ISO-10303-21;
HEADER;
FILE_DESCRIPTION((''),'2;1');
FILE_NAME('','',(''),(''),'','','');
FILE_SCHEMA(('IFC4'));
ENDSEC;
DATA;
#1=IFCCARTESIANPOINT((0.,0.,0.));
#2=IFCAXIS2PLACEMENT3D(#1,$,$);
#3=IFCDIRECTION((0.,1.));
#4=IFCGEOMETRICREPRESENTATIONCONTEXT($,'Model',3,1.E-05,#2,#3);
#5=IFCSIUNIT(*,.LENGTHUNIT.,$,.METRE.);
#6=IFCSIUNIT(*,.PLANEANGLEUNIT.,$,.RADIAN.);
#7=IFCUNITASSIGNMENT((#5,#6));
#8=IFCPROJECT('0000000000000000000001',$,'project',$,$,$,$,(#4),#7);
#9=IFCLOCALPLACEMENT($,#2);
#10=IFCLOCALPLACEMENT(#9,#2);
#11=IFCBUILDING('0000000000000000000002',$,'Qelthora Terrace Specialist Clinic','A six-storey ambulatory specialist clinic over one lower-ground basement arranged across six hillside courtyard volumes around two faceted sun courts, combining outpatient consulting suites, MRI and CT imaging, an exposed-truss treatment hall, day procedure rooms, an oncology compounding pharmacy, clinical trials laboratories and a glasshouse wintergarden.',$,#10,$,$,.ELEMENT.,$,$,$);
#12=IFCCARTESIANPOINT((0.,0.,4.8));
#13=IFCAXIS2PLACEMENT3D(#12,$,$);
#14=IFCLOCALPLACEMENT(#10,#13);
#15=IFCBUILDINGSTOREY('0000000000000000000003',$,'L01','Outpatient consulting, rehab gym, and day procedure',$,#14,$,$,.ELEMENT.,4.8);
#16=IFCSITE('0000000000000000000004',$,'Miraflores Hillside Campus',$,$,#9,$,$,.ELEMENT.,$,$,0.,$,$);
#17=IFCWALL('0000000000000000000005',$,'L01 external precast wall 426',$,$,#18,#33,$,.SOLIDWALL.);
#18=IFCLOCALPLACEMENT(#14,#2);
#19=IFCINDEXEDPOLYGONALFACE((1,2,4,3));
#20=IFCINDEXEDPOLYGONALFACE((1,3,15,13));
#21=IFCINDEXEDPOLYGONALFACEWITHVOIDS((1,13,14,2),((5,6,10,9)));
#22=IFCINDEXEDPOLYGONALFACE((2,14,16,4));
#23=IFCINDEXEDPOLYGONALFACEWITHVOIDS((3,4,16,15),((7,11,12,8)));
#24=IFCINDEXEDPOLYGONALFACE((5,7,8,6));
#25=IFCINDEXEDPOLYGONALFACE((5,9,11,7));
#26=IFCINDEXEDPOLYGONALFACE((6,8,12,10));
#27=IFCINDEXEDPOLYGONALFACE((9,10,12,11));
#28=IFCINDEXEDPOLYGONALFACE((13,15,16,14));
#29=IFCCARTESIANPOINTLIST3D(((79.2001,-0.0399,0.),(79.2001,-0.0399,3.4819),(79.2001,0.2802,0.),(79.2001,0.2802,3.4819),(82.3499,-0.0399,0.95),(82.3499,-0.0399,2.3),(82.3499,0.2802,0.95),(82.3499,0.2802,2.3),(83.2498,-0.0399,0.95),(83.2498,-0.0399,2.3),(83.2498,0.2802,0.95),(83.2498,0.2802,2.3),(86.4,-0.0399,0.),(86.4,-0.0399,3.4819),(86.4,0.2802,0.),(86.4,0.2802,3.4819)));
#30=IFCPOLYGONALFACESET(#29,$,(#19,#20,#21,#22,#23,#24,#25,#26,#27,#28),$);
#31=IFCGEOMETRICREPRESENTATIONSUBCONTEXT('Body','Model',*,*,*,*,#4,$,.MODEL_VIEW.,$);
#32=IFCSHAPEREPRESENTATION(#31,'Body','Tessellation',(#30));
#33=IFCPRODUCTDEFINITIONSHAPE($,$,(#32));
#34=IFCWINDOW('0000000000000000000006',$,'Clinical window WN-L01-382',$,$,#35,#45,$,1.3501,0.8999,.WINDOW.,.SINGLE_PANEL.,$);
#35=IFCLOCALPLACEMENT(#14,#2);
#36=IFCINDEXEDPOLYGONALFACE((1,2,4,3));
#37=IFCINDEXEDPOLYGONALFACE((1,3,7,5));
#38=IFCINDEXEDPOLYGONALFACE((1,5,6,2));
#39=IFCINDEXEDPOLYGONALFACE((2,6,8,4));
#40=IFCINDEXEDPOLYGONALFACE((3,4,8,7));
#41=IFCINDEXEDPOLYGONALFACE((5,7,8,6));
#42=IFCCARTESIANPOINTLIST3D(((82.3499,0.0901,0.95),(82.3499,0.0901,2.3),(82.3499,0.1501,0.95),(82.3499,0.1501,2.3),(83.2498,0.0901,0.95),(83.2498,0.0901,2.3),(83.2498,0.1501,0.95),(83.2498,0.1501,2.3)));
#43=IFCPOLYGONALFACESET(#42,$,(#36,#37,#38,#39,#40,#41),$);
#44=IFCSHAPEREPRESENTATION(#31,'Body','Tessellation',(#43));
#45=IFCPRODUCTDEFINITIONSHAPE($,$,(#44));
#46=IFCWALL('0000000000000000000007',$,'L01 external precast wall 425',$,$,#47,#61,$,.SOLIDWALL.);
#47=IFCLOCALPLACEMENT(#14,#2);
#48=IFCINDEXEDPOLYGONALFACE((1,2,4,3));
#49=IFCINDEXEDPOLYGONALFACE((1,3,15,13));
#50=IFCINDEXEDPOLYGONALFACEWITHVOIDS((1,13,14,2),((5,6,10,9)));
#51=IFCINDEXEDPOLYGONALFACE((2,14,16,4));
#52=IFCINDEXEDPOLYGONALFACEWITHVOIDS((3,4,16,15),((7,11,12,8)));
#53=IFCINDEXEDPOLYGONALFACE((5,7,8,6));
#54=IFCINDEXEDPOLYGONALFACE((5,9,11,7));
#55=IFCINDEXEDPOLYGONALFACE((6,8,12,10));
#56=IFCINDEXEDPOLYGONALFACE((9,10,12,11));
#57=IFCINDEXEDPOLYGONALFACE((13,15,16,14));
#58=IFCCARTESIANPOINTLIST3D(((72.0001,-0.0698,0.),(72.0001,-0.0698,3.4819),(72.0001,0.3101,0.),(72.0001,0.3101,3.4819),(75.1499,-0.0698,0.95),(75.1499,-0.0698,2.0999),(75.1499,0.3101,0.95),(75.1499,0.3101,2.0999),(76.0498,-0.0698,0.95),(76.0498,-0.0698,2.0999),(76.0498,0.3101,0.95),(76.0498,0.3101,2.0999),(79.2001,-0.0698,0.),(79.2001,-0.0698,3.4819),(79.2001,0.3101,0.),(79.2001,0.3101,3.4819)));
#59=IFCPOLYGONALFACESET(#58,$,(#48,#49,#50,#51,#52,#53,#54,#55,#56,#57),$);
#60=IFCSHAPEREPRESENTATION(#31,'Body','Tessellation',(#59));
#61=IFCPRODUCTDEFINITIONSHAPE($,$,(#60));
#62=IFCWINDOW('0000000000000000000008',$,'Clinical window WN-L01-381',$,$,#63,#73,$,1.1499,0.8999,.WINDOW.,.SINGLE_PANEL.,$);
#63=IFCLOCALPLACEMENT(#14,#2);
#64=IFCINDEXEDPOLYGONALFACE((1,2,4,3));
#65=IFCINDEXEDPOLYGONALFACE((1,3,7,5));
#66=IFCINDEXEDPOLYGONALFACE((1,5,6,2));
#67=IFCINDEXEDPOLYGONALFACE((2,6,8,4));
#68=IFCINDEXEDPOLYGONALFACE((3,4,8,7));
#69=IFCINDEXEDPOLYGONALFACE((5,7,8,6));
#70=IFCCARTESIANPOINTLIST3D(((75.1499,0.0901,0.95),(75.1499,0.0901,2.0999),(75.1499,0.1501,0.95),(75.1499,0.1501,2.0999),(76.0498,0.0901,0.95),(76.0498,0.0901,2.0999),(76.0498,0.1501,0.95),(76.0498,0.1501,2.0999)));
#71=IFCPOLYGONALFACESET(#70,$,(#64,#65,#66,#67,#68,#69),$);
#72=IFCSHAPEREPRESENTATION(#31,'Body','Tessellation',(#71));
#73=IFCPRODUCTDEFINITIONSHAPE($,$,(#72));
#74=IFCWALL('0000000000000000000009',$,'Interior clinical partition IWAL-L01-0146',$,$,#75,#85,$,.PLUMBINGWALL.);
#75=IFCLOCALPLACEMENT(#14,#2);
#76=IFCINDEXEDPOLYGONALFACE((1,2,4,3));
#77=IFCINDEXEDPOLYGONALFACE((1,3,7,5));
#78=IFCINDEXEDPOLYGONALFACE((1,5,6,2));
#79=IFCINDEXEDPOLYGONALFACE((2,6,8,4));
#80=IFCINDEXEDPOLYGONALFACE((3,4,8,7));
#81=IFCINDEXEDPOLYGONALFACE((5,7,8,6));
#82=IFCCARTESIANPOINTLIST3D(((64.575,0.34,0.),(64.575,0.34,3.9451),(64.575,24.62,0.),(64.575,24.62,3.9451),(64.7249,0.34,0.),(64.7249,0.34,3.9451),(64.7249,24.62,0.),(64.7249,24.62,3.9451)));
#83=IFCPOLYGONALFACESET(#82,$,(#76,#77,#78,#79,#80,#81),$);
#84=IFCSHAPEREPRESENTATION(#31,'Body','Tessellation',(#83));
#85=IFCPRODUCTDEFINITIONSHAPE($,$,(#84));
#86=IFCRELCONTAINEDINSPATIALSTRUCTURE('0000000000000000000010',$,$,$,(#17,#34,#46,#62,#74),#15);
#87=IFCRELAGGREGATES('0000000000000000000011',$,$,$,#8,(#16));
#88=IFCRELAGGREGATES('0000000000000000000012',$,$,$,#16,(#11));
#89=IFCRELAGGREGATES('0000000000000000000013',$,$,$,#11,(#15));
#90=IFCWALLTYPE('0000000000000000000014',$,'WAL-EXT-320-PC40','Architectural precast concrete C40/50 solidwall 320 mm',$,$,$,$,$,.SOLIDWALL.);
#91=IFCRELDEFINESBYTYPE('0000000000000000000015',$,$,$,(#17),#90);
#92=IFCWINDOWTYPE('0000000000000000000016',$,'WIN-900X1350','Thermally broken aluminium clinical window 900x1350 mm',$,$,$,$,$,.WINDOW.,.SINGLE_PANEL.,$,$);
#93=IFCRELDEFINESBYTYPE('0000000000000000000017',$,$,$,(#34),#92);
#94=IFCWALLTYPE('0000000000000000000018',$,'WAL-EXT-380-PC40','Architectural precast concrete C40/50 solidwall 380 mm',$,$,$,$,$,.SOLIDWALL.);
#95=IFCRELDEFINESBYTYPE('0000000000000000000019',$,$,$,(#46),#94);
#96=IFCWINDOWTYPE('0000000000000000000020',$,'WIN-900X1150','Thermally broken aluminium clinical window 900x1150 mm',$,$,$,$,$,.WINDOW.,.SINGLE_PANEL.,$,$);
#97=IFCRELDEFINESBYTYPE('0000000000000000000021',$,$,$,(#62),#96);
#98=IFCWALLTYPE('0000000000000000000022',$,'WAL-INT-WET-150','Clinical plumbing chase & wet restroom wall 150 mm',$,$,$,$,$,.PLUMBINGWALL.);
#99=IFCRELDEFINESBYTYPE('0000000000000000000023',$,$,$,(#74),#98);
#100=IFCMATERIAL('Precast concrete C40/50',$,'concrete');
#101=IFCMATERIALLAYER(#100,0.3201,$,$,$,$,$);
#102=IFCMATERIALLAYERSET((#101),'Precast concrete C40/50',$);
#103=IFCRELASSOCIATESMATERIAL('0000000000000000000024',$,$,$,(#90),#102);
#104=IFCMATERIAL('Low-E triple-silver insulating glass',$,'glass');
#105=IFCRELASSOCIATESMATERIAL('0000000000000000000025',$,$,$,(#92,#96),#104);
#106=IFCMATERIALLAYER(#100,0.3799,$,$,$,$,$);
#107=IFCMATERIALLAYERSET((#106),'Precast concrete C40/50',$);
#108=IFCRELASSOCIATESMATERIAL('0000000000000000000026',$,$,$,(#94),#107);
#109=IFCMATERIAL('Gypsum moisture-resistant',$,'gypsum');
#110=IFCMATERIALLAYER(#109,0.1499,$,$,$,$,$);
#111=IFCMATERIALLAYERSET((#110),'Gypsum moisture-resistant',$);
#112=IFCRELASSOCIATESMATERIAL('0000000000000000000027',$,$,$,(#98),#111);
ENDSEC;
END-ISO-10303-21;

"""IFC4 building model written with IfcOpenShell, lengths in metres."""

from ifc_helpers import new_model, si_unit, direction, frame, frame_2d, origin, place, context, subcontext, project, spatial, rectangle, extrude, material, layer, layer_set, type_object, element, fill, save


model = new_model("IFC4")

# Units and contexts
model_context = context("Model", 3, precision=1e-05, world=origin(), true_north=direction((0.0, 1.0)))
body_context = subcontext(model_context, "Body", "Model", "MODEL_VIEW")
ifc_project = project(units=[si_unit("LENGTHUNIT", "METRE"), si_unit("PLANEANGLEUNIT", "RADIAN")], contexts=[model_context])

# Site, building, storey
site_placement = place(None, origin())
site = spatial("IfcSite", under=ifc_project, at=site_placement, Name="Miraflores Hillside Campus", CompositionType="ELEMENT", RefElevation=0.0)
building_placement = place(site_placement, origin())
building = spatial("IfcBuilding", under=site, at=building_placement, Name="Qelthora Terrace Specialist Clinic", Description="A six-storey ambulatory specialist clinic over one lower-ground basement arranged across six hillside courtyard volumes around two faceted sun courts, combining outpatient consulting suites, MRI and CT imaging, an exposed-truss treatment hall, day procedure rooms, an oncology compounding pharmacy, clinical trials laboratories and a glasshouse wintergarden.", CompositionType="ELEMENT")
storey_placement = place(building_placement, frame((0.0, 0.0, 4.8)))
storey = spatial("IfcBuildingStorey", under=building, at=storey_placement, Name="L01", Description="Outpatient consulting, rehab gym, and day procedure", CompositionType="ELEMENT", Elevation=4.8)

# Walls, openings, windows
ifc_material_1 = material(Name="Precast concrete C40/50", Category="concrete")
ifc_material_2 = material(Name="Low-E triple-silver insulating glass", Category="glass")
ifc_layer_1 = layer(ifc_material_1, 0.3201)
ifc_layer_set_1 = layer_set([ifc_layer_1], Name="Precast concrete C40/50")
wall_type_1 = type_object("IfcWallType", Name="WAL-EXT-320-PC40", Description="Architectural precast concrete C40/50 solidwall 320 mm", PredefinedType="SOLIDWALL", material=ifc_layer_set_1)
wall_1_placement = place(storey_placement, frame((79.2, 0.1201, 0.0), z_axis=(0.0, 0.0, 1.0), x_axis=(1.0, 0.0, 0.0)))
wall_1 = element("IfcWall", 1, at=wall_1_placement, inside=storey, type_object=wall_type_1, Name="L01 external precast wall 426", PredefinedType="SOLIDWALL", context=body_context, shape_type="SweptSolid", body=[
    extrude(rectangle(XDim=7.2, YDim=0.3201, at=frame_2d((3.6001, 0.0))), origin(), (0.0, 0.0, 1.0), 3.4819),
])
opening_1_placement = place(wall_1_placement, frame((3.1499, 0.0, 0.95)))
opening_1 = element("IfcOpeningElement", 2, at=opening_1_placement, cuts=wall_1, PredefinedType="OPENING", context=body_context, shape_type="SweptSolid", body=[
    extrude(rectangle(XDim=0.8999, YDim=1.3501, at=frame_2d((0.45, 0.675))), frame((0.0, 0.1699, 0.0), z_axis=(0.0, -1.0, 0.0), x_axis=(1.0, 0.0, 0.0)), (0.0, 0.0, 1.0), 0.3401),
])
window_type_1 = type_object("IfcWindowType", Name="WIN-900X1350", Description="Thermally broken aluminium clinical window 900x1350 mm", PartitioningType="SINGLE_PANEL", PredefinedType="WINDOW", material=ifc_material_2)
window_1_placement = place(opening_1_placement, origin())
window_1 = element("IfcWindow", 3, at=window_1_placement, inside=storey, type_object=window_type_1, Name="Clinical window WN-L01-382", OverallHeight=1.3501, OverallWidth=0.8999, PartitioningType="SINGLE_PANEL", PredefinedType="WINDOW", context=body_context, shape_type="SweptSolid", body=[
    extrude(rectangle(XDim=0.8999, YDim=1.3501, at=frame_2d((0.45, 0.675))), frame((0.0, 0.03, 0.0), z_axis=(0.0, -1.0, 0.0), x_axis=(1.0, 0.0, 0.0)), (0.0, 0.0, 1.0), 0.0601),
])
fill(opening_1, window_1)
ifc_layer_2 = layer(ifc_material_1, 0.3799)
ifc_layer_set_2 = layer_set([ifc_layer_2], Name="Precast concrete C40/50")
wall_type_2 = type_object("IfcWallType", Name="WAL-EXT-380-PC40", Description="Architectural precast concrete C40/50 solidwall 380 mm", PredefinedType="SOLIDWALL", material=ifc_layer_set_2)
wall_2_placement = place(storey_placement, frame((72.0, 0.1201, 0.0), z_axis=(0.0, 0.0, 1.0), x_axis=(1.0, 0.0, 0.0)))
wall_2 = element("IfcWall", 4, at=wall_2_placement, inside=storey, type_object=wall_type_2, Name="L01 external precast wall 425", PredefinedType="SOLIDWALL", context=body_context, shape_type="SweptSolid", body=[
    extrude(rectangle(XDim=7.2, YDim=0.3799, at=frame_2d((3.6001, 0.0))), origin(), (0.0, 0.0, 1.0), 3.4819),
])
opening_2_placement = place(wall_2_placement, frame((3.1499, 0.0, 0.95)))
opening_2 = element("IfcOpeningElement", 5, at=opening_2_placement, cuts=wall_2, PredefinedType="OPENING", context=body_context, shape_type="SweptSolid", body=[
    extrude(rectangle(XDim=0.8999, YDim=1.1499, at=frame_2d((0.45, 0.575))), frame((0.0, 0.2, 0.0), z_axis=(0.0, -1.0, 0.0), x_axis=(1.0, 0.0, 0.0)), (0.0, 0.0, 1.0), 0.3999),
])
window_type_2 = type_object("IfcWindowType", Name="WIN-900X1150", Description="Thermally broken aluminium clinical window 900x1150 mm", PartitioningType="SINGLE_PANEL", PredefinedType="WINDOW", material=ifc_material_2)
window_2_placement = place(opening_2_placement, origin())
window_2 = element("IfcWindow", 6, at=window_2_placement, inside=storey, type_object=window_type_2, Name="Clinical window WN-L01-381", OverallHeight=1.1499, OverallWidth=0.8999, PartitioningType="SINGLE_PANEL", PredefinedType="WINDOW", context=body_context, shape_type="SweptSolid", body=[
    extrude(rectangle(XDim=0.8999, YDim=1.1499, at=frame_2d((0.45, 0.575))), frame((0.0, 0.03, 0.0), z_axis=(0.0, -1.0, 0.0), x_axis=(1.0, 0.0, 0.0)), (0.0, 0.0, 1.0), 0.0601),
])
fill(opening_2, window_2)

# Wall
ifc_material_3 = material(Name="Gypsum moisture-resistant", Category="gypsum")
ifc_layer_3 = layer(ifc_material_3, 0.1499)
ifc_layer_set_3 = layer_set([ifc_layer_3], Name="Gypsum moisture-resistant")
wall_type_3 = type_object("IfcWallType", Name="WAL-INT-WET-150", Description="Clinical plumbing chase & wet restroom wall 150 mm", PredefinedType="PLUMBINGWALL", material=ifc_layer_set_3)
wall_3_placement = place(storey_placement, frame((64.6499, 24.6201, 0.0), z_axis=(0.0, 0.0, 1.0), x_axis=(0.0, -1.0, 0.0)))
element("IfcWall", 7, at=wall_3_placement, inside=storey, type_object=wall_type_3, Name="Interior clinical partition IWAL-L01-0146", PredefinedType="PLUMBINGWALL", context=body_context, shape_type="SweptSolid", body=[
    extrude(rectangle(XDim=24.28, YDim=0.1499, at=frame_2d((12.1401, 0.0))), origin(), (0.0, 0.0, 1.0), 3.9451),
])

save(model, "model.ifc")
